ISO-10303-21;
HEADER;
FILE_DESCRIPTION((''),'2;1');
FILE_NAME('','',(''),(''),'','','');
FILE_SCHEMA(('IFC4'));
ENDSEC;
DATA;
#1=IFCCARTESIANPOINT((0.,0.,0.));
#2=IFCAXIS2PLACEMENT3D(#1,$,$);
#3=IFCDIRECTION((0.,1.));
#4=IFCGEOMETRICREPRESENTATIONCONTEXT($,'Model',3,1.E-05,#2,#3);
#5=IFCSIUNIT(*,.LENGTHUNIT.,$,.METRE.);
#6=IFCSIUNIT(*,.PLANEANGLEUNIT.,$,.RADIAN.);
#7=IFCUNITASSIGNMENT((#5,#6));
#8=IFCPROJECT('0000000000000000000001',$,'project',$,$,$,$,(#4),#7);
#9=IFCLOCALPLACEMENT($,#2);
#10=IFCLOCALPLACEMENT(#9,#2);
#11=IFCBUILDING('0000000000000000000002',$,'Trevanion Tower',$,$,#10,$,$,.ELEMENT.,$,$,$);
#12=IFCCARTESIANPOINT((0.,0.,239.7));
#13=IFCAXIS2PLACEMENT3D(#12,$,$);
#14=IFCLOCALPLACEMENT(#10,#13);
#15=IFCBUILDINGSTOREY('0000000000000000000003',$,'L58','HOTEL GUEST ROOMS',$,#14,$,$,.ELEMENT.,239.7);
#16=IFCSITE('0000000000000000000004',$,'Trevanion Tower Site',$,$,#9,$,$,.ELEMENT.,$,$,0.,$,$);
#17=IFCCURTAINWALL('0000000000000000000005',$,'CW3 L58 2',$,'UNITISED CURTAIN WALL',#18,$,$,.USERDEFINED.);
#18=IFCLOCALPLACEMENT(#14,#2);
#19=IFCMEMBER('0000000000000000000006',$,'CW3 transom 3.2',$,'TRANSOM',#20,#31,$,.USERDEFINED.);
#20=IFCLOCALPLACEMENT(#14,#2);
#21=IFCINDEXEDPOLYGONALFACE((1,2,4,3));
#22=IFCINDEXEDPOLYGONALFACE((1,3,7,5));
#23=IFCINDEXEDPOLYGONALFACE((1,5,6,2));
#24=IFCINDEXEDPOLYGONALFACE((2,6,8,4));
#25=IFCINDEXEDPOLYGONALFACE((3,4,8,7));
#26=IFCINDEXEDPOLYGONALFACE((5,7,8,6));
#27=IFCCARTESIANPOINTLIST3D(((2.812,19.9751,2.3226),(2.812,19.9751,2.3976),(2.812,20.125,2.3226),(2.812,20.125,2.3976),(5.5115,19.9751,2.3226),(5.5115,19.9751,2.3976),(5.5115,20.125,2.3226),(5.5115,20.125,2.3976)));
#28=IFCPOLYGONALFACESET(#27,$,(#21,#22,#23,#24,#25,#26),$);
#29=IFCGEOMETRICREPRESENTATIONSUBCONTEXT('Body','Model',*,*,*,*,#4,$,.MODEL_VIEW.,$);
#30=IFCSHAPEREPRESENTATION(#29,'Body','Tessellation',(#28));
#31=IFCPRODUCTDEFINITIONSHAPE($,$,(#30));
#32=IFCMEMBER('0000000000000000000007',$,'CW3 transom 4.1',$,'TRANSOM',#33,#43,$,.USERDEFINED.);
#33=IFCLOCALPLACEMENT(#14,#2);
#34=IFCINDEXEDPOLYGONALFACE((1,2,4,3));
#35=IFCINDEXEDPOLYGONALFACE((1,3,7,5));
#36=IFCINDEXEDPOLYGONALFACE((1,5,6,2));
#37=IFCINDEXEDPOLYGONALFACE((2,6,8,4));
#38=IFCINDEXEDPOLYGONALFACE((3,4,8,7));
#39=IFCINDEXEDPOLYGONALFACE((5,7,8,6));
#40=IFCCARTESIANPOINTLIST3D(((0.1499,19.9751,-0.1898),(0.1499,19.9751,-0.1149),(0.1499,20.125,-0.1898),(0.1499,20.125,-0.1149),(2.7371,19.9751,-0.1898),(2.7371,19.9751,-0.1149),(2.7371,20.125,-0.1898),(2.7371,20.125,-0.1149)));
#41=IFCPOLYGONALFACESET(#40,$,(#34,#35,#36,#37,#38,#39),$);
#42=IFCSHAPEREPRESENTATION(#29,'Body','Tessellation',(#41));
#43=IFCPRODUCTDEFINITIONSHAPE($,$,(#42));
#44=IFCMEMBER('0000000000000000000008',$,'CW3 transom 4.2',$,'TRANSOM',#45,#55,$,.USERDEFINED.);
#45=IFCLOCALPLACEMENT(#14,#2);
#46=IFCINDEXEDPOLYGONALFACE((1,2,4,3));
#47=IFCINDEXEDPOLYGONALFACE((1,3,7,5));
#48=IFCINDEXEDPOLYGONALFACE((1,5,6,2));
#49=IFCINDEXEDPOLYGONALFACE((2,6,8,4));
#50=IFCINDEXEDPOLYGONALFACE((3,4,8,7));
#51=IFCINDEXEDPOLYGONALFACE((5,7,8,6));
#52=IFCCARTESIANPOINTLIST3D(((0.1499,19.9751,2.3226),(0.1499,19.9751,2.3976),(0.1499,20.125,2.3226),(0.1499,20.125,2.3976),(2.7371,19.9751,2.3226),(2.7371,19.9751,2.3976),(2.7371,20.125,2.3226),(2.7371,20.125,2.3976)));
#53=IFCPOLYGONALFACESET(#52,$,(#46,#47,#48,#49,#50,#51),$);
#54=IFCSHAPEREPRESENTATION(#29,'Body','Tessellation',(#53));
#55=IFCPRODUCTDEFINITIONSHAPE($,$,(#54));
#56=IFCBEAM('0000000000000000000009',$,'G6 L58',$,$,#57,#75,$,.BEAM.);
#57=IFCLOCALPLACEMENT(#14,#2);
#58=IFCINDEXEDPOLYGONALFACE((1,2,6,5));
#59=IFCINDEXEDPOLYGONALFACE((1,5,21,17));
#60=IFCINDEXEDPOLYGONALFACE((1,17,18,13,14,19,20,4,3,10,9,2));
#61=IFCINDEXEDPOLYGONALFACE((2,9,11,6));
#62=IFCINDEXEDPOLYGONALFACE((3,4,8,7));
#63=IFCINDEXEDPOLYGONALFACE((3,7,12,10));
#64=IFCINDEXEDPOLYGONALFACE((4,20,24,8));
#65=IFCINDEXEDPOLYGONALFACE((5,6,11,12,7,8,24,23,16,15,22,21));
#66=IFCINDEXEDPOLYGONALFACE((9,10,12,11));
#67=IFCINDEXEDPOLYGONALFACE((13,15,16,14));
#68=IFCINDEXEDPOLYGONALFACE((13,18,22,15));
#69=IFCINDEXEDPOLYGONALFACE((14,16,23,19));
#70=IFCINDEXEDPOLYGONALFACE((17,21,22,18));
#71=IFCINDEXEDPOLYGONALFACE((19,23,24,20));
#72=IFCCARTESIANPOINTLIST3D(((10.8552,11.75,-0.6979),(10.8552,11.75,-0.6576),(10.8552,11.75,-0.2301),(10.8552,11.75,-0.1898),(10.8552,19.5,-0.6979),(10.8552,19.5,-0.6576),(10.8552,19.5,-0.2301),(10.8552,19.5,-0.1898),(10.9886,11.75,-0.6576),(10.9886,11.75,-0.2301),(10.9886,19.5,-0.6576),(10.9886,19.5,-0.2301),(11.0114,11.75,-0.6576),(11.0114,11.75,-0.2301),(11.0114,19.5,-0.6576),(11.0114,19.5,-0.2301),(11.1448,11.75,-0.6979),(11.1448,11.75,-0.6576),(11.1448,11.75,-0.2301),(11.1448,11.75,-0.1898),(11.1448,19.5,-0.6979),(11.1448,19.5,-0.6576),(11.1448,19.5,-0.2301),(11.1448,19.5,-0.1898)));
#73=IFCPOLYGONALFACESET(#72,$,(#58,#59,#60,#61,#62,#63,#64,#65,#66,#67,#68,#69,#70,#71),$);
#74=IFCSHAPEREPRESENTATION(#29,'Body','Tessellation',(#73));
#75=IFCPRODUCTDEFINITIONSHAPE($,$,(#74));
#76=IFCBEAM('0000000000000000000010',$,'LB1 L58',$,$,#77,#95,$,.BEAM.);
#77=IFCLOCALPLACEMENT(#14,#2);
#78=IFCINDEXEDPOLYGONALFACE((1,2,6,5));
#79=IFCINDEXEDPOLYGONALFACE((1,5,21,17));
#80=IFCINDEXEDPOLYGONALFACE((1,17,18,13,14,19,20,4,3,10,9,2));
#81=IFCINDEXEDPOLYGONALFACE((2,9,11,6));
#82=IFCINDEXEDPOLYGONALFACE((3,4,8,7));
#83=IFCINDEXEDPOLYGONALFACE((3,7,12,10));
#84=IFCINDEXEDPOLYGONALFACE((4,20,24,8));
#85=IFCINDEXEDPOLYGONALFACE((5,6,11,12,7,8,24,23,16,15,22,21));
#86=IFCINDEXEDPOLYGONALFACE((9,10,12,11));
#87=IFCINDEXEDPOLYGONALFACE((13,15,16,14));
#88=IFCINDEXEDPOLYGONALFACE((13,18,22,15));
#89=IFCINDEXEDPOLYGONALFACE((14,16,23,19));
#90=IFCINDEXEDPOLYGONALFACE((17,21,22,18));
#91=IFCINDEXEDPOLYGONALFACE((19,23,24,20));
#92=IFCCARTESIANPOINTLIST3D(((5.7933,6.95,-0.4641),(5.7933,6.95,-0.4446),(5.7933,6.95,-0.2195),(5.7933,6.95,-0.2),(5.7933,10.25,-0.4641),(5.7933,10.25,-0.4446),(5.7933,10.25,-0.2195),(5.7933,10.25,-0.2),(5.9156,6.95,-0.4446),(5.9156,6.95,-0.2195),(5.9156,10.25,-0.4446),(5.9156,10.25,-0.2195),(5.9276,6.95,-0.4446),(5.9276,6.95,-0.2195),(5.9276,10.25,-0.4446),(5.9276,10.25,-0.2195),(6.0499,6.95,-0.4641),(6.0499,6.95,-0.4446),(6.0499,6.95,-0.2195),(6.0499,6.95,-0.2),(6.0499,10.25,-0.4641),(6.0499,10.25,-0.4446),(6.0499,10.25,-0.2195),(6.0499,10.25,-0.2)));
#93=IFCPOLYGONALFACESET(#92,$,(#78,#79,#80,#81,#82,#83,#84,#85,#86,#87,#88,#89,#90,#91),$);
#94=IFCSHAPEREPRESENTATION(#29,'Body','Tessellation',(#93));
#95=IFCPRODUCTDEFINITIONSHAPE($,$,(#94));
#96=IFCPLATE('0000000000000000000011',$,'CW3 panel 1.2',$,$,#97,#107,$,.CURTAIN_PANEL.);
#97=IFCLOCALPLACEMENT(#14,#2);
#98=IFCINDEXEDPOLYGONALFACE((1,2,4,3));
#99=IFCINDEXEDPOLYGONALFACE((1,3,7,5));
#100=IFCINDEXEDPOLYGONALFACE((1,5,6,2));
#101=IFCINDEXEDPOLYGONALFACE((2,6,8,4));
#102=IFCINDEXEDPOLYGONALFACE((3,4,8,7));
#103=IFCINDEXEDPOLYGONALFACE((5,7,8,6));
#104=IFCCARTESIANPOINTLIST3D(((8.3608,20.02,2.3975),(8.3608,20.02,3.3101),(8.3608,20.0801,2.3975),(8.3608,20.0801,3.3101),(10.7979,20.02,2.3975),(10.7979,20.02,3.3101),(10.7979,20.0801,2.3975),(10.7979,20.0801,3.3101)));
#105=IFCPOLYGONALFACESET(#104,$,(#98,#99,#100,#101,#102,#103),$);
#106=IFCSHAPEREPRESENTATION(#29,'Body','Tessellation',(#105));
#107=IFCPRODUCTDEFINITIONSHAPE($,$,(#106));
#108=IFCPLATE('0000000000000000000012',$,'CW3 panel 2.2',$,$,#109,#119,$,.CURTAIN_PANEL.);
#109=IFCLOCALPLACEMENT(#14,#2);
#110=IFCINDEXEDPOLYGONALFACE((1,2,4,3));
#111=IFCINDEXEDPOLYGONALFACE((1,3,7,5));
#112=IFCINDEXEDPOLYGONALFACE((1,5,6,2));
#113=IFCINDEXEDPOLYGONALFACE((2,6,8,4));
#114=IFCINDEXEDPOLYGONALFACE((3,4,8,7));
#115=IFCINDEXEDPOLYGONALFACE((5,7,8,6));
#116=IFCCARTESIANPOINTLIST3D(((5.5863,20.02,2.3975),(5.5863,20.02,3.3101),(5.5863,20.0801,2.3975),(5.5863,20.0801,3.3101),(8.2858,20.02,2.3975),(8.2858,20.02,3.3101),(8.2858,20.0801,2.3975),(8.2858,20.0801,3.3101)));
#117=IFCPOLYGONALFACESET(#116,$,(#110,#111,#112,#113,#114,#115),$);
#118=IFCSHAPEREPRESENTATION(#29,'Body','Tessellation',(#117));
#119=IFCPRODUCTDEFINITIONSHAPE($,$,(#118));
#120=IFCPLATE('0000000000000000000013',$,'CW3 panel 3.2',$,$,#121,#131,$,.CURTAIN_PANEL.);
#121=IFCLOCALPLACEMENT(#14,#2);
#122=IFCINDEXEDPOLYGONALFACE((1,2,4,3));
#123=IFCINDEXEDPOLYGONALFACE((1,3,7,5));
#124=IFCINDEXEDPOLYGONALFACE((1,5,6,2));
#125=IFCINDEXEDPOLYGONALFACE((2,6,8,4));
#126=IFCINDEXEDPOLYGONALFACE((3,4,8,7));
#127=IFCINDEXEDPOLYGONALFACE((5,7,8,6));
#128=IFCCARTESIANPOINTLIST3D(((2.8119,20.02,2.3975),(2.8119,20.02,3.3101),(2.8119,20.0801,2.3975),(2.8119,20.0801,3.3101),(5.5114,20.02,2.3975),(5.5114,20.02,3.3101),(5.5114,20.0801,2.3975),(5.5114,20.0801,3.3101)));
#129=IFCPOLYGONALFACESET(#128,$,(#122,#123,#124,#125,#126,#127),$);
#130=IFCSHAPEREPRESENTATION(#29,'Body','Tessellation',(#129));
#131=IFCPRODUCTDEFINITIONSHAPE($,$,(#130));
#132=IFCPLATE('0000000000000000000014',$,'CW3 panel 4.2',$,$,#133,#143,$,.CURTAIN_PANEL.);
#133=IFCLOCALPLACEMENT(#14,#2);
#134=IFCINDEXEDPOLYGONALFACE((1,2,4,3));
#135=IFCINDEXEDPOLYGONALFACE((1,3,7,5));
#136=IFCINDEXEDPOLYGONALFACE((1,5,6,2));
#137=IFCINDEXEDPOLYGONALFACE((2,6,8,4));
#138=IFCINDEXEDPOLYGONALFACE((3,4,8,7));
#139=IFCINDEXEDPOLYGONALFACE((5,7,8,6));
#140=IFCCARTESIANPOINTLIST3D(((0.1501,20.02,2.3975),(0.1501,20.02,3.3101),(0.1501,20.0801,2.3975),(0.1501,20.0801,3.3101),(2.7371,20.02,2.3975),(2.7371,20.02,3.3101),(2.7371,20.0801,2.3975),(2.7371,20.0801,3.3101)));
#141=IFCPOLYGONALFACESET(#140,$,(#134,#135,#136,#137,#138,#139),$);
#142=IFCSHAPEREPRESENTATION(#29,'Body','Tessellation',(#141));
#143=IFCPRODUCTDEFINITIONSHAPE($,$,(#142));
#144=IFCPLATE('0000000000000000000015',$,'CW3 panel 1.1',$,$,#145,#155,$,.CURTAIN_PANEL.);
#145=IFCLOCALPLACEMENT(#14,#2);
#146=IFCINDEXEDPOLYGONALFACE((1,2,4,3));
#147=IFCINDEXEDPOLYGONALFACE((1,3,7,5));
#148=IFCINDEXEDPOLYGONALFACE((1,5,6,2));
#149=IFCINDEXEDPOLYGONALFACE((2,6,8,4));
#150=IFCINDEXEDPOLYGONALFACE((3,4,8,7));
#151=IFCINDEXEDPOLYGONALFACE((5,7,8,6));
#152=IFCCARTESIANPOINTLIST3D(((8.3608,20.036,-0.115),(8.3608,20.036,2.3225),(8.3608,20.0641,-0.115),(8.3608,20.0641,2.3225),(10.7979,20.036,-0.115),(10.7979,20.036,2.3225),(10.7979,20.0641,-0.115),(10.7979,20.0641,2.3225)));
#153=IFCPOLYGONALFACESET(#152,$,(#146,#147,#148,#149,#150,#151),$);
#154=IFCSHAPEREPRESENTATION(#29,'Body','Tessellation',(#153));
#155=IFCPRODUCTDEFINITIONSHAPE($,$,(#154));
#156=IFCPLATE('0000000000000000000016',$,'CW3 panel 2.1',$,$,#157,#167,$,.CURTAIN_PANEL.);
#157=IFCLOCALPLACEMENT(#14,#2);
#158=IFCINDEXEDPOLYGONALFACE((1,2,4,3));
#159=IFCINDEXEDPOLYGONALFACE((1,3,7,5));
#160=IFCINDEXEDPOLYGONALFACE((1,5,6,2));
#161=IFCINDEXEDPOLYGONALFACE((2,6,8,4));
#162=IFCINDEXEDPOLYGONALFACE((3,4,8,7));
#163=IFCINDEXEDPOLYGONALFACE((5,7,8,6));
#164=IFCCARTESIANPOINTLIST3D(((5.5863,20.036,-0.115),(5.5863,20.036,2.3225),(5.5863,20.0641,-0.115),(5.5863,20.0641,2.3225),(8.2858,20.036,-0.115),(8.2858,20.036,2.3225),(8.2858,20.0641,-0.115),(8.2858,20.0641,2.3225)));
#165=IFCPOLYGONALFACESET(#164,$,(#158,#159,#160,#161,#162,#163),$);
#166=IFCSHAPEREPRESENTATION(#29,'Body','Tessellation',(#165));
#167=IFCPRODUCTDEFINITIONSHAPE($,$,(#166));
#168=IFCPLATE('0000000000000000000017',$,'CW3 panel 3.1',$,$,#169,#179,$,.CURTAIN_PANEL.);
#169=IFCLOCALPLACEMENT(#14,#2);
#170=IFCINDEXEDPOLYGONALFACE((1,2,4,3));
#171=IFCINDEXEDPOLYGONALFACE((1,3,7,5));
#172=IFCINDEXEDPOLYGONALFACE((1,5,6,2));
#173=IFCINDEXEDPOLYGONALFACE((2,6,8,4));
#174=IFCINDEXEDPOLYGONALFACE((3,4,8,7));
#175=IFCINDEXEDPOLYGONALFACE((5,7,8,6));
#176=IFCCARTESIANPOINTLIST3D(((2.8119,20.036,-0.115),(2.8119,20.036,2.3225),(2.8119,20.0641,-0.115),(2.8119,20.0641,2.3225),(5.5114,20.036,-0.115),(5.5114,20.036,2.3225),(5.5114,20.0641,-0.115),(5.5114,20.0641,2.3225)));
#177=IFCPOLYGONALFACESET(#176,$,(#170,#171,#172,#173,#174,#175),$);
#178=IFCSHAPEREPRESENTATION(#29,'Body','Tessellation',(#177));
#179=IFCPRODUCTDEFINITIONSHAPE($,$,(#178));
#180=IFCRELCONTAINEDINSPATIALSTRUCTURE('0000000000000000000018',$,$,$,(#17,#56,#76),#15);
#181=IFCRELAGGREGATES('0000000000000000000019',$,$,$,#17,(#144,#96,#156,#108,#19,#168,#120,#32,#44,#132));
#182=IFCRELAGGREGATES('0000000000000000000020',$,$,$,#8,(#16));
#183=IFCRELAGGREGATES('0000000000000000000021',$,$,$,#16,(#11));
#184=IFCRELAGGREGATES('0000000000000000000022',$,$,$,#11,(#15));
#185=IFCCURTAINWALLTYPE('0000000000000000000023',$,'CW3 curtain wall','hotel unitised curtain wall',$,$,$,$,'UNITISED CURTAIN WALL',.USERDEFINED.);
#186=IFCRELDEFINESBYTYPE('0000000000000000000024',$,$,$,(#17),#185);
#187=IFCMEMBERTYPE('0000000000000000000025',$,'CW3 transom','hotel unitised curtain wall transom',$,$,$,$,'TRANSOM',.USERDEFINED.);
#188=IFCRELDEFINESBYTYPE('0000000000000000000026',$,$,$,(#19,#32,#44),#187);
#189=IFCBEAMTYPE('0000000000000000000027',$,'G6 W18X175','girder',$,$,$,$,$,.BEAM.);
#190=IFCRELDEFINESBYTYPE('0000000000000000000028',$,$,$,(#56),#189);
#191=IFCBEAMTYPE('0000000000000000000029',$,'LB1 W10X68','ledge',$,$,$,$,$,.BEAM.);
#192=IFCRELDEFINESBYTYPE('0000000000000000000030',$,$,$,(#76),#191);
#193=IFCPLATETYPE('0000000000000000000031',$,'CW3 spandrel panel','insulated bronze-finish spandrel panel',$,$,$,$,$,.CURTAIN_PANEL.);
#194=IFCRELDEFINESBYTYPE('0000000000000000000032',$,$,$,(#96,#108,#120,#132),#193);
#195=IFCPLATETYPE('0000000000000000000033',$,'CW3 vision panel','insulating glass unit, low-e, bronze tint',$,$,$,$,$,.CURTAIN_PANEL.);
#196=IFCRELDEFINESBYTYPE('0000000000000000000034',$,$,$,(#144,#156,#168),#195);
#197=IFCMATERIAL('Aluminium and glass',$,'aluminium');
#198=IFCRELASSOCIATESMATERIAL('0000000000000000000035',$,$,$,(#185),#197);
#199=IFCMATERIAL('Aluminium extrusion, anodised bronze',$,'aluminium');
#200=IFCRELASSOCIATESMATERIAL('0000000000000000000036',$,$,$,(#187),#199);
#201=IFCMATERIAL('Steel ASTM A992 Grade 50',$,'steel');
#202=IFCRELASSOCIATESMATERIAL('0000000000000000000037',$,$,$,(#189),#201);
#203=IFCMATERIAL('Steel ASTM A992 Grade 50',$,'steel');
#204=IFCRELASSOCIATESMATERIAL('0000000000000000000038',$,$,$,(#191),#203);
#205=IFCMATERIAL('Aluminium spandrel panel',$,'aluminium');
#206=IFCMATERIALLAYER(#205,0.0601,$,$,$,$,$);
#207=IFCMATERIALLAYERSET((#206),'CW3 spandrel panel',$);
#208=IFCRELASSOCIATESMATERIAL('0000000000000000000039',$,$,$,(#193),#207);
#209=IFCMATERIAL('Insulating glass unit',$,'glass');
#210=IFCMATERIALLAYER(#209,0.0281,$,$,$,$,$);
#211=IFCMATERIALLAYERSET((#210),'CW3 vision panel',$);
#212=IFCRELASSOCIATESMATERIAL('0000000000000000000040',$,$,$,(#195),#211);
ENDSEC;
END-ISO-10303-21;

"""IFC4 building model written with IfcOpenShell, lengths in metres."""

from ifc_helpers import new_model, si_unit, direction, frame, origin, origin_2d, place, context, subcontext, project, spatial, rectangle, i_section, extrude, material, layer, layer_set, material_profile, profile_set, type_object, element, aggregate, save


model = new_model("IFC4")

# Units and contexts
model_context = context("Model", 3, precision=1e-05, world=origin(), true_north=direction((0.0, 1.0)))
body_context = subcontext(model_context, "Body", "Model", "MODEL_VIEW")
ifc_project = project(units=[si_unit("LENGTHUNIT", "METRE"), si_unit("PLANEANGLEUNIT", "RADIAN")], contexts=[model_context])

# Site, building, storey
site_placement = place(None, origin())
site = spatial("IfcSite", under=ifc_project, at=site_placement, Name="Trevanion Tower Site", CompositionType="ELEMENT", RefElevation=0.0)
building_placement = place(site_placement, origin())
building = spatial("IfcBuilding", under=site, at=building_placement, Name="Trevanion Tower", CompositionType="ELEMENT")
storey_placement = place(building_placement, frame((0.0, 0.0, 239.7)))
storey = spatial("IfcBuildingStorey", under=building, at=storey_placement, Name="L58", Description="HOTEL GUEST ROOMS", CompositionType="ELEMENT", Elevation=239.7)

# Curtain wall, members
ifc_material_1 = material(Name="Aluminium and glass", Category="aluminium")
curtain_wall_type = type_object("IfcCurtainWallType", Name="CW3 curtain wall", Description="hotel unitised curtain wall", ElementType="UNITISED CURTAIN WALL", PredefinedType="USERDEFINED", material=ifc_material_1)
curtain_wall_placement = place(storey_placement, origin())
curtain_wall = element("IfcCurtainWall", 1, at=curtain_wall_placement, inside=storey, type_object=curtain_wall_type, Name="CW3 L58 2", ObjectType="UNITISED CURTAIN WALL", PredefinedType="USERDEFINED")
ifc_material_2 = material(Name="Aluminium extrusion, anodised bronze", Category="aluminium")
ifc_material_profile_1 = material_profile(ifc_material_2, rectangle(XDim=0.1499, YDim=0.075, at=origin_2d()), Name="CW3 transom")
ifc_profile_set_1 = profile_set([ifc_material_profile_1], Name="Aluminium extrusion, anodised bronze")
member_type_1 = type_object("IfcMemberType", Name="CW3 transom", Description="hotel unitised curtain wall transom", ElementType="TRANSOM", PredefinedType="USERDEFINED", material=ifc_profile_set_1)
member_1_placement = place(storey_placement, frame((5.5115, 20.05, 2.3601), z_axis=(-1.0, 0.0, 0.0), x_axis=(0.0, -1.0, 0.0)))
member_1 = element("IfcMember", 2, at=member_1_placement, type_object=member_type_1, Name="CW3 transom 3.2", ObjectType="TRANSOM", PredefinedType="USERDEFINED", context=body_context, shape_type="SweptSolid", body=[
    extrude(rectangle(XDim=0.1499, YDim=0.075, at=origin_2d()), origin(), (0.0, 0.0, 1.0), 2.6995),
])
member_2_placement = place(storey_placement, frame((2.7371, 20.05, -0.1523), z_axis=(-1.0, 0.0, 0.0), x_axis=(0.0, -1.0, 0.0)))
member_2 = element("IfcMember", 3, at=member_2_placement, type_object=member_type_1, Name="CW3 transom 4.1", ObjectType="TRANSOM", PredefinedType="USERDEFINED", context=body_context, shape_type="SweptSolid", body=[
    extrude(rectangle(XDim=0.1499, YDim=0.075, at=origin_2d()), origin(), (0.0, 0.0, 1.0), 2.5872),
])
member_3_placement = place(storey_placement, frame((2.7371, 20.05, 2.3601), z_axis=(-1.0, 0.0, 0.0), x_axis=(0.0, -1.0, 0.0)))
member_3 = element("IfcMember", 4, at=member_3_placement, type_object=member_type_1, Name="CW3 transom 4.2", ObjectType="TRANSOM", PredefinedType="USERDEFINED", context=body_context, shape_type="SweptSolid", body=[
    extrude(rectangle(XDim=0.1499, YDim=0.075, at=origin_2d()), origin(), (0.0, 0.0, 1.0), 2.5872),
])

# Beams
ifc_material_3 = material(Name="Steel ASTM A992 Grade 50", Category="steel")
ifc_material_profile_2 = material_profile(ifc_material_3, i_section(OverallWidth=0.2896, OverallDepth=0.5081, WebThickness=0.0227, FlangeThickness=0.0403, at=origin_2d()), Name="W18X175")
ifc_profile_set_2 = profile_set([ifc_material_profile_2], Name="Steel ASTM A992 Grade 50")
beam_type_1 = type_object("IfcBeamType", Name="G6 W18X175", Description="girder", PredefinedType="BEAM", material=ifc_profile_set_2)
beam_1_placement = place(storey_placement, frame((11.0, 11.75, -0.4438), z_axis=(0.0, 1.0, 0.0), x_axis=(-1.0, 0.0, 0.0)))
element("IfcBeam", 5, at=beam_1_placement, inside=storey, type_object=beam_type_1, Name="G6 L58", PredefinedType="BEAM", context=body_context, shape_type="SweptSolid", body=[
    extrude(i_section(OverallWidth=0.2896, OverallDepth=0.5081, WebThickness=0.0227, FlangeThickness=0.0403, at=origin_2d()), origin(), (0.0, 0.0, 1.0), 7.75),
])
ifc_material_4 = material(Name="Steel ASTM A992 Grade 50", Category="steel")
ifc_material_profile_3 = material_profile(ifc_material_4, i_section(OverallWidth=0.2566, OverallDepth=0.2642, WebThickness=0.012, FlangeThickness=0.0195, at=origin_2d()), Name="W10X68")
ifc_profile_set_3 = profile_set([ifc_material_profile_3], Name="Steel ASTM A992 Grade 50")
beam_type_2 = type_object("IfcBeamType", Name="LB1 W10X68", Description="ledge", PredefinedType="BEAM", material=ifc_profile_set_3)
beam_2_placement = place(storey_placement, frame((5.9216, 6.95, -0.332), z_axis=(0.0, 1.0, 0.0), x_axis=(-1.0, 0.0, 0.0)))
element("IfcBeam", 6, at=beam_2_placement, inside=storey, type_object=beam_type_2, Name="LB1 L58", PredefinedType="BEAM", context=body_context, shape_type="SweptSolid", body=[
    extrude(i_section(OverallWidth=0.2566, OverallDepth=0.2642, WebThickness=0.012, FlangeThickness=0.0195, at=origin_2d()), origin(), (0.0, 0.0, 1.0), 3.3),
])

# Plates
ifc_material_5 = material(Name="Aluminium spandrel panel", Category="aluminium")
ifc_layer_1 = layer(ifc_material_5, 0.0601)
ifc_layer_set_1 = layer_set([ifc_layer_1], Name="CW3 spandrel panel")
plate_type_1 = type_object("IfcPlateType", Name="CW3 spandrel panel", Description="insulated bronze-finish spandrel panel", PredefinedType="CURTAIN_PANEL", material=ifc_layer_set_1)
plate_1_placement = place(storey_placement, frame((9.5793, 20.05, 2.3975), z_axis=(0.0, 0.0, 1.0), x_axis=(-1.0, 0.0, 0.0)))
plate_1 = element("IfcPlate", 7, at=plate_1_placement, type_object=plate_type_1, Name="CW3 panel 1.2", PredefinedType="CURTAIN_PANEL", context=body_context, shape_type="SweptSolid", body=[
    extrude(rectangle(XDim=2.437, YDim=0.0601, at=origin_2d()), origin(), (0.0, 0.0, 1.0), 0.9126),
])
plate_2_placement = place(storey_placement, frame((6.936, 20.05, 2.3975), z_axis=(0.0, 0.0, 1.0), x_axis=(-1.0, 0.0, 0.0)))
plate_2 = element("IfcPlate", 8, at=plate_2_placement, type_object=plate_type_1, Name="CW3 panel 2.2", PredefinedType="CURTAIN_PANEL", context=body_context, shape_type="SweptSolid", body=[
    extrude(rectangle(XDim=2.6995, YDim=0.0601, at=origin_2d()), origin(), (0.0, 0.0, 1.0), 0.9126),
])
plate_3_placement = place(storey_placement, frame((4.1616, 20.05, 2.3975), z_axis=(0.0, 0.0, 1.0), x_axis=(-1.0, 0.0, 0.0)))
plate_3 = element("IfcPlate", 9, at=plate_3_placement, type_object=plate_type_1, Name="CW3 panel 3.2", PredefinedType="CURTAIN_PANEL", context=body_context, shape_type="SweptSolid", body=[
    extrude(rectangle(XDim=2.6995, YDim=0.0601, at=origin_2d()), origin(), (0.0, 0.0, 1.0), 0.9126),
])
plate_4_placement = place(storey_placement, frame((1.4436, 20.05, 2.3975), z_axis=(0.0, 0.0, 1.0), x_axis=(-1.0, 0.0, 0.0)))
plate_4 = element("IfcPlate", 10, at=plate_4_placement, type_object=plate_type_1, Name="CW3 panel 4.2", PredefinedType="CURTAIN_PANEL", context=body_context, shape_type="SweptSolid", body=[
    extrude(rectangle(XDim=2.5869, YDim=0.0601, at=origin_2d()), origin(), (0.0, 0.0, 1.0), 0.9126),
])
ifc_material_6 = material(Name="Insulating glass unit", Category="glass")
ifc_layer_2 = layer(ifc_material_6, 0.0281)
ifc_layer_set_2 = layer_set([ifc_layer_2], Name="CW3 vision panel")
plate_type_2 = type_object("IfcPlateType", Name="CW3 vision panel", Description="insulating glass unit, low-e, bronze tint", PredefinedType="CURTAIN_PANEL", material=ifc_layer_set_2)
plate_5_placement = place(storey_placement, frame((9.5793, 20.05, -0.115), z_axis=(0.0, 0.0, 1.0), x_axis=(-1.0, 0.0, 0.0)))
plate_5 = element("IfcPlate", 11, at=plate_5_placement, type_object=plate_type_2, Name="CW3 panel 1.1", PredefinedType="CURTAIN_PANEL", context=body_context, shape_type="SweptSolid", body=[
    extrude(rectangle(XDim=2.437, YDim=0.0281, at=origin_2d()), origin(), (0.0, 0.0, 1.0), 2.4375),
])
plate_6_placement = place(storey_placement, frame((6.936, 20.05, -0.115), z_axis=(0.0, 0.0, 1.0), x_axis=(-1.0, 0.0, 0.0)))
plate_6 = element("IfcPlate", 12, at=plate_6_placement, type_object=plate_type_2, Name="CW3 panel 2.1", PredefinedType="CURTAIN_PANEL", context=body_context, shape_type="SweptSolid", body=[
    extrude(rectangle(XDim=2.6995, YDim=0.0281, at=origin_2d()), origin(), (0.0, 0.0, 1.0), 2.4375),
])
plate_7_placement = place(storey_placement, frame((4.1616, 20.05, -0.115), z_axis=(0.0, 0.0, 1.0), x_axis=(-1.0, 0.0, 0.0)))
plate_7 = element("IfcPlate", 13, at=plate_7_placement, type_object=plate_type_2, Name="CW3 panel 3.1", PredefinedType="CURTAIN_PANEL", context=body_context, shape_type="SweptSolid", body=[
    extrude(rectangle(XDim=2.6995, YDim=0.0281, at=origin_2d()), origin(), (0.0, 0.0, 1.0), 2.4375),
])
aggregate(curtain_wall, [plate_5, plate_1, plate_6, plate_2, member_1, plate_7, plate_3, member_2, member_3, plate_4])

save(model, "model.ifc")
